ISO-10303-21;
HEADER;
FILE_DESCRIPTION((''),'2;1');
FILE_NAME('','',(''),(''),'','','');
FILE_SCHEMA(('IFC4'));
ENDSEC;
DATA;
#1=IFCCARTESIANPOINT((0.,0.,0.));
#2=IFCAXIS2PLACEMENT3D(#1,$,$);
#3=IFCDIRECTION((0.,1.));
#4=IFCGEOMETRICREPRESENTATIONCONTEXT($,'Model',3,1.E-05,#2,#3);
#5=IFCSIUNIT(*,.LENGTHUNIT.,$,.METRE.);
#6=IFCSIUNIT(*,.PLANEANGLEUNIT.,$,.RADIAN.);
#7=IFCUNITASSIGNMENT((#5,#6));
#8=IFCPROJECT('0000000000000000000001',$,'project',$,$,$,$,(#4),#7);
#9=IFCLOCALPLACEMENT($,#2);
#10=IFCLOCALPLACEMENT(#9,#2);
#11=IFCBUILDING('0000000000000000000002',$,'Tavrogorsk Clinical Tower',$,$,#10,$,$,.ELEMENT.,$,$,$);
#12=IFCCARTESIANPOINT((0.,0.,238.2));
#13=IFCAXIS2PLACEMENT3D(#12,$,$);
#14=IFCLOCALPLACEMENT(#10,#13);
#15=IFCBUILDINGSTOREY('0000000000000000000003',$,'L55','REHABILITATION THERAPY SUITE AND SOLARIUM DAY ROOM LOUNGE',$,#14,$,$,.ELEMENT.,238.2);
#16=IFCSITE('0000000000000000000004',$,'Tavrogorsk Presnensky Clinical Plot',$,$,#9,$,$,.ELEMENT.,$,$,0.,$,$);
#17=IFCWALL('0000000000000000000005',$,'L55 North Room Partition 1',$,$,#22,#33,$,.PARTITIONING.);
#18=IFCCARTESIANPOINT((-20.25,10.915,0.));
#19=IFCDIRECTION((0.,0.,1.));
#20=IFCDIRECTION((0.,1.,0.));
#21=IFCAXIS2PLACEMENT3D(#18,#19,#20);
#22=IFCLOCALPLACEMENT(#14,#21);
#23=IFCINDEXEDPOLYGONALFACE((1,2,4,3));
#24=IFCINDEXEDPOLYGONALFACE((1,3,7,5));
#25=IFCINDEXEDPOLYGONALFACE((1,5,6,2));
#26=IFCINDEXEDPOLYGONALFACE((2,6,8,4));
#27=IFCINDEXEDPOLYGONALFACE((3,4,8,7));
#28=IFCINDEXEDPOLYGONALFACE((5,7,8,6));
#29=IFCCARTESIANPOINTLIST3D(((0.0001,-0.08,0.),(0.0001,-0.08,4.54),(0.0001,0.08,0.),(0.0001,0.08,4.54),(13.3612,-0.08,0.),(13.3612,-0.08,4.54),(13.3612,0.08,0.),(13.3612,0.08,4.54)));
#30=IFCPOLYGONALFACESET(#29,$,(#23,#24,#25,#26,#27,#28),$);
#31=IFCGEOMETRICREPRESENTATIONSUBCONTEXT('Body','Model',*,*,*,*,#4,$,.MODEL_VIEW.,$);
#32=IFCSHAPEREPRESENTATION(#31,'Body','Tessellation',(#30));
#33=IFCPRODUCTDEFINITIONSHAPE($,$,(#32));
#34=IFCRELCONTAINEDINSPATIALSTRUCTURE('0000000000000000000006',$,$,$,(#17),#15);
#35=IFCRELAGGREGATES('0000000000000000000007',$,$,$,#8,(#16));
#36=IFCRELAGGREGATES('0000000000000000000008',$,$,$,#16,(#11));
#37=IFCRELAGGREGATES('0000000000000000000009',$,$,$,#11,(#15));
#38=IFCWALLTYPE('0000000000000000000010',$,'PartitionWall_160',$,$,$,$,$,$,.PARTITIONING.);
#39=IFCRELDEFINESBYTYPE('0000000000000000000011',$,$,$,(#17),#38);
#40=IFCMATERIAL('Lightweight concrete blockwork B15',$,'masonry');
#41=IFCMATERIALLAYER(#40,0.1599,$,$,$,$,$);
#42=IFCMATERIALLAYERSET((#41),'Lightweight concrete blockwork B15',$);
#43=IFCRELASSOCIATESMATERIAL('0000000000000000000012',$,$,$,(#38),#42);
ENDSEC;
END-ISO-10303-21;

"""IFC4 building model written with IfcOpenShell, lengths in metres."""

from ifc_helpers import new_model, si_unit, direction, frame, frame_2d, origin, place, context, subcontext, project, spatial, rectangle, extrude, material, layer, layer_set, type_object, element, save


model = new_model("IFC4")

# Units and contexts
model_context = context("Model", 3, precision=1e-05, world=origin(), true_north=direction((0.0, 1.0)))
body_context = subcontext(model_context, "Body", "Model", "MODEL_VIEW")
ifc_project = project(units=[si_unit("LENGTHUNIT", "METRE"), si_unit("PLANEANGLEUNIT", "RADIAN")], contexts=[model_context])

# Site, building, storey
site_placement = place(None, origin())
site = spatial("IfcSite", under=ifc_project, at=site_placement, Name="Tavrogorsk Presnensky Clinical Plot", CompositionType="ELEMENT", RefElevation=0.0)
building_placement = place(site_placement, origin())
building = spatial("IfcBuilding", under=site, at=building_placement, Name="Tavrogorsk Clinical Tower", CompositionType="ELEMENT")
storey_placement = place(building_placement, frame((0.0, 0.0, 238.2)))
storey = spatial("IfcBuildingStorey", under=building, at=storey_placement, Name="L55", Description="REHABILITATION THERAPY SUITE AND SOLARIUM DAY ROOM LOUNGE", CompositionType="ELEMENT", Elevation=238.2)

# Shared definitions
ifc_material_1 = material(Name="Lightweight concrete blockwork B15", Category="masonry")
ifc_layer_1 = layer(ifc_material_1, 0.1599)
ifc_layer_set_1 = layer_set([ifc_layer_1], Name="Lightweight concrete blockwork B15")
wall_type_1 = type_object("IfcWallType", Name="PartitionWall_160", PredefinedType="PARTITIONING", material=ifc_layer_set_1)

# Wall
wall_1_placement = place(storey_placement, frame((-20.25, 10.915, 0.0), z_axis=(0.0, 0.0, 1.0), x_axis=(0.0, 1.0, 0.0)))
element("IfcWall", 1, at=wall_1_placement, inside=storey, type_object=wall_type_1, Name="L55 North Room Partition 1", PredefinedType="PARTITIONING", context=body_context, shape_type="SweptSolid", body=[
    extrude(rectangle(XDim=13.3611, YDim=0.1599, at=frame_2d((6.6807, 0.0))), origin(), (0.0, 0.0, 1.0), 4.54),
])

save(model, "model.ifc")
